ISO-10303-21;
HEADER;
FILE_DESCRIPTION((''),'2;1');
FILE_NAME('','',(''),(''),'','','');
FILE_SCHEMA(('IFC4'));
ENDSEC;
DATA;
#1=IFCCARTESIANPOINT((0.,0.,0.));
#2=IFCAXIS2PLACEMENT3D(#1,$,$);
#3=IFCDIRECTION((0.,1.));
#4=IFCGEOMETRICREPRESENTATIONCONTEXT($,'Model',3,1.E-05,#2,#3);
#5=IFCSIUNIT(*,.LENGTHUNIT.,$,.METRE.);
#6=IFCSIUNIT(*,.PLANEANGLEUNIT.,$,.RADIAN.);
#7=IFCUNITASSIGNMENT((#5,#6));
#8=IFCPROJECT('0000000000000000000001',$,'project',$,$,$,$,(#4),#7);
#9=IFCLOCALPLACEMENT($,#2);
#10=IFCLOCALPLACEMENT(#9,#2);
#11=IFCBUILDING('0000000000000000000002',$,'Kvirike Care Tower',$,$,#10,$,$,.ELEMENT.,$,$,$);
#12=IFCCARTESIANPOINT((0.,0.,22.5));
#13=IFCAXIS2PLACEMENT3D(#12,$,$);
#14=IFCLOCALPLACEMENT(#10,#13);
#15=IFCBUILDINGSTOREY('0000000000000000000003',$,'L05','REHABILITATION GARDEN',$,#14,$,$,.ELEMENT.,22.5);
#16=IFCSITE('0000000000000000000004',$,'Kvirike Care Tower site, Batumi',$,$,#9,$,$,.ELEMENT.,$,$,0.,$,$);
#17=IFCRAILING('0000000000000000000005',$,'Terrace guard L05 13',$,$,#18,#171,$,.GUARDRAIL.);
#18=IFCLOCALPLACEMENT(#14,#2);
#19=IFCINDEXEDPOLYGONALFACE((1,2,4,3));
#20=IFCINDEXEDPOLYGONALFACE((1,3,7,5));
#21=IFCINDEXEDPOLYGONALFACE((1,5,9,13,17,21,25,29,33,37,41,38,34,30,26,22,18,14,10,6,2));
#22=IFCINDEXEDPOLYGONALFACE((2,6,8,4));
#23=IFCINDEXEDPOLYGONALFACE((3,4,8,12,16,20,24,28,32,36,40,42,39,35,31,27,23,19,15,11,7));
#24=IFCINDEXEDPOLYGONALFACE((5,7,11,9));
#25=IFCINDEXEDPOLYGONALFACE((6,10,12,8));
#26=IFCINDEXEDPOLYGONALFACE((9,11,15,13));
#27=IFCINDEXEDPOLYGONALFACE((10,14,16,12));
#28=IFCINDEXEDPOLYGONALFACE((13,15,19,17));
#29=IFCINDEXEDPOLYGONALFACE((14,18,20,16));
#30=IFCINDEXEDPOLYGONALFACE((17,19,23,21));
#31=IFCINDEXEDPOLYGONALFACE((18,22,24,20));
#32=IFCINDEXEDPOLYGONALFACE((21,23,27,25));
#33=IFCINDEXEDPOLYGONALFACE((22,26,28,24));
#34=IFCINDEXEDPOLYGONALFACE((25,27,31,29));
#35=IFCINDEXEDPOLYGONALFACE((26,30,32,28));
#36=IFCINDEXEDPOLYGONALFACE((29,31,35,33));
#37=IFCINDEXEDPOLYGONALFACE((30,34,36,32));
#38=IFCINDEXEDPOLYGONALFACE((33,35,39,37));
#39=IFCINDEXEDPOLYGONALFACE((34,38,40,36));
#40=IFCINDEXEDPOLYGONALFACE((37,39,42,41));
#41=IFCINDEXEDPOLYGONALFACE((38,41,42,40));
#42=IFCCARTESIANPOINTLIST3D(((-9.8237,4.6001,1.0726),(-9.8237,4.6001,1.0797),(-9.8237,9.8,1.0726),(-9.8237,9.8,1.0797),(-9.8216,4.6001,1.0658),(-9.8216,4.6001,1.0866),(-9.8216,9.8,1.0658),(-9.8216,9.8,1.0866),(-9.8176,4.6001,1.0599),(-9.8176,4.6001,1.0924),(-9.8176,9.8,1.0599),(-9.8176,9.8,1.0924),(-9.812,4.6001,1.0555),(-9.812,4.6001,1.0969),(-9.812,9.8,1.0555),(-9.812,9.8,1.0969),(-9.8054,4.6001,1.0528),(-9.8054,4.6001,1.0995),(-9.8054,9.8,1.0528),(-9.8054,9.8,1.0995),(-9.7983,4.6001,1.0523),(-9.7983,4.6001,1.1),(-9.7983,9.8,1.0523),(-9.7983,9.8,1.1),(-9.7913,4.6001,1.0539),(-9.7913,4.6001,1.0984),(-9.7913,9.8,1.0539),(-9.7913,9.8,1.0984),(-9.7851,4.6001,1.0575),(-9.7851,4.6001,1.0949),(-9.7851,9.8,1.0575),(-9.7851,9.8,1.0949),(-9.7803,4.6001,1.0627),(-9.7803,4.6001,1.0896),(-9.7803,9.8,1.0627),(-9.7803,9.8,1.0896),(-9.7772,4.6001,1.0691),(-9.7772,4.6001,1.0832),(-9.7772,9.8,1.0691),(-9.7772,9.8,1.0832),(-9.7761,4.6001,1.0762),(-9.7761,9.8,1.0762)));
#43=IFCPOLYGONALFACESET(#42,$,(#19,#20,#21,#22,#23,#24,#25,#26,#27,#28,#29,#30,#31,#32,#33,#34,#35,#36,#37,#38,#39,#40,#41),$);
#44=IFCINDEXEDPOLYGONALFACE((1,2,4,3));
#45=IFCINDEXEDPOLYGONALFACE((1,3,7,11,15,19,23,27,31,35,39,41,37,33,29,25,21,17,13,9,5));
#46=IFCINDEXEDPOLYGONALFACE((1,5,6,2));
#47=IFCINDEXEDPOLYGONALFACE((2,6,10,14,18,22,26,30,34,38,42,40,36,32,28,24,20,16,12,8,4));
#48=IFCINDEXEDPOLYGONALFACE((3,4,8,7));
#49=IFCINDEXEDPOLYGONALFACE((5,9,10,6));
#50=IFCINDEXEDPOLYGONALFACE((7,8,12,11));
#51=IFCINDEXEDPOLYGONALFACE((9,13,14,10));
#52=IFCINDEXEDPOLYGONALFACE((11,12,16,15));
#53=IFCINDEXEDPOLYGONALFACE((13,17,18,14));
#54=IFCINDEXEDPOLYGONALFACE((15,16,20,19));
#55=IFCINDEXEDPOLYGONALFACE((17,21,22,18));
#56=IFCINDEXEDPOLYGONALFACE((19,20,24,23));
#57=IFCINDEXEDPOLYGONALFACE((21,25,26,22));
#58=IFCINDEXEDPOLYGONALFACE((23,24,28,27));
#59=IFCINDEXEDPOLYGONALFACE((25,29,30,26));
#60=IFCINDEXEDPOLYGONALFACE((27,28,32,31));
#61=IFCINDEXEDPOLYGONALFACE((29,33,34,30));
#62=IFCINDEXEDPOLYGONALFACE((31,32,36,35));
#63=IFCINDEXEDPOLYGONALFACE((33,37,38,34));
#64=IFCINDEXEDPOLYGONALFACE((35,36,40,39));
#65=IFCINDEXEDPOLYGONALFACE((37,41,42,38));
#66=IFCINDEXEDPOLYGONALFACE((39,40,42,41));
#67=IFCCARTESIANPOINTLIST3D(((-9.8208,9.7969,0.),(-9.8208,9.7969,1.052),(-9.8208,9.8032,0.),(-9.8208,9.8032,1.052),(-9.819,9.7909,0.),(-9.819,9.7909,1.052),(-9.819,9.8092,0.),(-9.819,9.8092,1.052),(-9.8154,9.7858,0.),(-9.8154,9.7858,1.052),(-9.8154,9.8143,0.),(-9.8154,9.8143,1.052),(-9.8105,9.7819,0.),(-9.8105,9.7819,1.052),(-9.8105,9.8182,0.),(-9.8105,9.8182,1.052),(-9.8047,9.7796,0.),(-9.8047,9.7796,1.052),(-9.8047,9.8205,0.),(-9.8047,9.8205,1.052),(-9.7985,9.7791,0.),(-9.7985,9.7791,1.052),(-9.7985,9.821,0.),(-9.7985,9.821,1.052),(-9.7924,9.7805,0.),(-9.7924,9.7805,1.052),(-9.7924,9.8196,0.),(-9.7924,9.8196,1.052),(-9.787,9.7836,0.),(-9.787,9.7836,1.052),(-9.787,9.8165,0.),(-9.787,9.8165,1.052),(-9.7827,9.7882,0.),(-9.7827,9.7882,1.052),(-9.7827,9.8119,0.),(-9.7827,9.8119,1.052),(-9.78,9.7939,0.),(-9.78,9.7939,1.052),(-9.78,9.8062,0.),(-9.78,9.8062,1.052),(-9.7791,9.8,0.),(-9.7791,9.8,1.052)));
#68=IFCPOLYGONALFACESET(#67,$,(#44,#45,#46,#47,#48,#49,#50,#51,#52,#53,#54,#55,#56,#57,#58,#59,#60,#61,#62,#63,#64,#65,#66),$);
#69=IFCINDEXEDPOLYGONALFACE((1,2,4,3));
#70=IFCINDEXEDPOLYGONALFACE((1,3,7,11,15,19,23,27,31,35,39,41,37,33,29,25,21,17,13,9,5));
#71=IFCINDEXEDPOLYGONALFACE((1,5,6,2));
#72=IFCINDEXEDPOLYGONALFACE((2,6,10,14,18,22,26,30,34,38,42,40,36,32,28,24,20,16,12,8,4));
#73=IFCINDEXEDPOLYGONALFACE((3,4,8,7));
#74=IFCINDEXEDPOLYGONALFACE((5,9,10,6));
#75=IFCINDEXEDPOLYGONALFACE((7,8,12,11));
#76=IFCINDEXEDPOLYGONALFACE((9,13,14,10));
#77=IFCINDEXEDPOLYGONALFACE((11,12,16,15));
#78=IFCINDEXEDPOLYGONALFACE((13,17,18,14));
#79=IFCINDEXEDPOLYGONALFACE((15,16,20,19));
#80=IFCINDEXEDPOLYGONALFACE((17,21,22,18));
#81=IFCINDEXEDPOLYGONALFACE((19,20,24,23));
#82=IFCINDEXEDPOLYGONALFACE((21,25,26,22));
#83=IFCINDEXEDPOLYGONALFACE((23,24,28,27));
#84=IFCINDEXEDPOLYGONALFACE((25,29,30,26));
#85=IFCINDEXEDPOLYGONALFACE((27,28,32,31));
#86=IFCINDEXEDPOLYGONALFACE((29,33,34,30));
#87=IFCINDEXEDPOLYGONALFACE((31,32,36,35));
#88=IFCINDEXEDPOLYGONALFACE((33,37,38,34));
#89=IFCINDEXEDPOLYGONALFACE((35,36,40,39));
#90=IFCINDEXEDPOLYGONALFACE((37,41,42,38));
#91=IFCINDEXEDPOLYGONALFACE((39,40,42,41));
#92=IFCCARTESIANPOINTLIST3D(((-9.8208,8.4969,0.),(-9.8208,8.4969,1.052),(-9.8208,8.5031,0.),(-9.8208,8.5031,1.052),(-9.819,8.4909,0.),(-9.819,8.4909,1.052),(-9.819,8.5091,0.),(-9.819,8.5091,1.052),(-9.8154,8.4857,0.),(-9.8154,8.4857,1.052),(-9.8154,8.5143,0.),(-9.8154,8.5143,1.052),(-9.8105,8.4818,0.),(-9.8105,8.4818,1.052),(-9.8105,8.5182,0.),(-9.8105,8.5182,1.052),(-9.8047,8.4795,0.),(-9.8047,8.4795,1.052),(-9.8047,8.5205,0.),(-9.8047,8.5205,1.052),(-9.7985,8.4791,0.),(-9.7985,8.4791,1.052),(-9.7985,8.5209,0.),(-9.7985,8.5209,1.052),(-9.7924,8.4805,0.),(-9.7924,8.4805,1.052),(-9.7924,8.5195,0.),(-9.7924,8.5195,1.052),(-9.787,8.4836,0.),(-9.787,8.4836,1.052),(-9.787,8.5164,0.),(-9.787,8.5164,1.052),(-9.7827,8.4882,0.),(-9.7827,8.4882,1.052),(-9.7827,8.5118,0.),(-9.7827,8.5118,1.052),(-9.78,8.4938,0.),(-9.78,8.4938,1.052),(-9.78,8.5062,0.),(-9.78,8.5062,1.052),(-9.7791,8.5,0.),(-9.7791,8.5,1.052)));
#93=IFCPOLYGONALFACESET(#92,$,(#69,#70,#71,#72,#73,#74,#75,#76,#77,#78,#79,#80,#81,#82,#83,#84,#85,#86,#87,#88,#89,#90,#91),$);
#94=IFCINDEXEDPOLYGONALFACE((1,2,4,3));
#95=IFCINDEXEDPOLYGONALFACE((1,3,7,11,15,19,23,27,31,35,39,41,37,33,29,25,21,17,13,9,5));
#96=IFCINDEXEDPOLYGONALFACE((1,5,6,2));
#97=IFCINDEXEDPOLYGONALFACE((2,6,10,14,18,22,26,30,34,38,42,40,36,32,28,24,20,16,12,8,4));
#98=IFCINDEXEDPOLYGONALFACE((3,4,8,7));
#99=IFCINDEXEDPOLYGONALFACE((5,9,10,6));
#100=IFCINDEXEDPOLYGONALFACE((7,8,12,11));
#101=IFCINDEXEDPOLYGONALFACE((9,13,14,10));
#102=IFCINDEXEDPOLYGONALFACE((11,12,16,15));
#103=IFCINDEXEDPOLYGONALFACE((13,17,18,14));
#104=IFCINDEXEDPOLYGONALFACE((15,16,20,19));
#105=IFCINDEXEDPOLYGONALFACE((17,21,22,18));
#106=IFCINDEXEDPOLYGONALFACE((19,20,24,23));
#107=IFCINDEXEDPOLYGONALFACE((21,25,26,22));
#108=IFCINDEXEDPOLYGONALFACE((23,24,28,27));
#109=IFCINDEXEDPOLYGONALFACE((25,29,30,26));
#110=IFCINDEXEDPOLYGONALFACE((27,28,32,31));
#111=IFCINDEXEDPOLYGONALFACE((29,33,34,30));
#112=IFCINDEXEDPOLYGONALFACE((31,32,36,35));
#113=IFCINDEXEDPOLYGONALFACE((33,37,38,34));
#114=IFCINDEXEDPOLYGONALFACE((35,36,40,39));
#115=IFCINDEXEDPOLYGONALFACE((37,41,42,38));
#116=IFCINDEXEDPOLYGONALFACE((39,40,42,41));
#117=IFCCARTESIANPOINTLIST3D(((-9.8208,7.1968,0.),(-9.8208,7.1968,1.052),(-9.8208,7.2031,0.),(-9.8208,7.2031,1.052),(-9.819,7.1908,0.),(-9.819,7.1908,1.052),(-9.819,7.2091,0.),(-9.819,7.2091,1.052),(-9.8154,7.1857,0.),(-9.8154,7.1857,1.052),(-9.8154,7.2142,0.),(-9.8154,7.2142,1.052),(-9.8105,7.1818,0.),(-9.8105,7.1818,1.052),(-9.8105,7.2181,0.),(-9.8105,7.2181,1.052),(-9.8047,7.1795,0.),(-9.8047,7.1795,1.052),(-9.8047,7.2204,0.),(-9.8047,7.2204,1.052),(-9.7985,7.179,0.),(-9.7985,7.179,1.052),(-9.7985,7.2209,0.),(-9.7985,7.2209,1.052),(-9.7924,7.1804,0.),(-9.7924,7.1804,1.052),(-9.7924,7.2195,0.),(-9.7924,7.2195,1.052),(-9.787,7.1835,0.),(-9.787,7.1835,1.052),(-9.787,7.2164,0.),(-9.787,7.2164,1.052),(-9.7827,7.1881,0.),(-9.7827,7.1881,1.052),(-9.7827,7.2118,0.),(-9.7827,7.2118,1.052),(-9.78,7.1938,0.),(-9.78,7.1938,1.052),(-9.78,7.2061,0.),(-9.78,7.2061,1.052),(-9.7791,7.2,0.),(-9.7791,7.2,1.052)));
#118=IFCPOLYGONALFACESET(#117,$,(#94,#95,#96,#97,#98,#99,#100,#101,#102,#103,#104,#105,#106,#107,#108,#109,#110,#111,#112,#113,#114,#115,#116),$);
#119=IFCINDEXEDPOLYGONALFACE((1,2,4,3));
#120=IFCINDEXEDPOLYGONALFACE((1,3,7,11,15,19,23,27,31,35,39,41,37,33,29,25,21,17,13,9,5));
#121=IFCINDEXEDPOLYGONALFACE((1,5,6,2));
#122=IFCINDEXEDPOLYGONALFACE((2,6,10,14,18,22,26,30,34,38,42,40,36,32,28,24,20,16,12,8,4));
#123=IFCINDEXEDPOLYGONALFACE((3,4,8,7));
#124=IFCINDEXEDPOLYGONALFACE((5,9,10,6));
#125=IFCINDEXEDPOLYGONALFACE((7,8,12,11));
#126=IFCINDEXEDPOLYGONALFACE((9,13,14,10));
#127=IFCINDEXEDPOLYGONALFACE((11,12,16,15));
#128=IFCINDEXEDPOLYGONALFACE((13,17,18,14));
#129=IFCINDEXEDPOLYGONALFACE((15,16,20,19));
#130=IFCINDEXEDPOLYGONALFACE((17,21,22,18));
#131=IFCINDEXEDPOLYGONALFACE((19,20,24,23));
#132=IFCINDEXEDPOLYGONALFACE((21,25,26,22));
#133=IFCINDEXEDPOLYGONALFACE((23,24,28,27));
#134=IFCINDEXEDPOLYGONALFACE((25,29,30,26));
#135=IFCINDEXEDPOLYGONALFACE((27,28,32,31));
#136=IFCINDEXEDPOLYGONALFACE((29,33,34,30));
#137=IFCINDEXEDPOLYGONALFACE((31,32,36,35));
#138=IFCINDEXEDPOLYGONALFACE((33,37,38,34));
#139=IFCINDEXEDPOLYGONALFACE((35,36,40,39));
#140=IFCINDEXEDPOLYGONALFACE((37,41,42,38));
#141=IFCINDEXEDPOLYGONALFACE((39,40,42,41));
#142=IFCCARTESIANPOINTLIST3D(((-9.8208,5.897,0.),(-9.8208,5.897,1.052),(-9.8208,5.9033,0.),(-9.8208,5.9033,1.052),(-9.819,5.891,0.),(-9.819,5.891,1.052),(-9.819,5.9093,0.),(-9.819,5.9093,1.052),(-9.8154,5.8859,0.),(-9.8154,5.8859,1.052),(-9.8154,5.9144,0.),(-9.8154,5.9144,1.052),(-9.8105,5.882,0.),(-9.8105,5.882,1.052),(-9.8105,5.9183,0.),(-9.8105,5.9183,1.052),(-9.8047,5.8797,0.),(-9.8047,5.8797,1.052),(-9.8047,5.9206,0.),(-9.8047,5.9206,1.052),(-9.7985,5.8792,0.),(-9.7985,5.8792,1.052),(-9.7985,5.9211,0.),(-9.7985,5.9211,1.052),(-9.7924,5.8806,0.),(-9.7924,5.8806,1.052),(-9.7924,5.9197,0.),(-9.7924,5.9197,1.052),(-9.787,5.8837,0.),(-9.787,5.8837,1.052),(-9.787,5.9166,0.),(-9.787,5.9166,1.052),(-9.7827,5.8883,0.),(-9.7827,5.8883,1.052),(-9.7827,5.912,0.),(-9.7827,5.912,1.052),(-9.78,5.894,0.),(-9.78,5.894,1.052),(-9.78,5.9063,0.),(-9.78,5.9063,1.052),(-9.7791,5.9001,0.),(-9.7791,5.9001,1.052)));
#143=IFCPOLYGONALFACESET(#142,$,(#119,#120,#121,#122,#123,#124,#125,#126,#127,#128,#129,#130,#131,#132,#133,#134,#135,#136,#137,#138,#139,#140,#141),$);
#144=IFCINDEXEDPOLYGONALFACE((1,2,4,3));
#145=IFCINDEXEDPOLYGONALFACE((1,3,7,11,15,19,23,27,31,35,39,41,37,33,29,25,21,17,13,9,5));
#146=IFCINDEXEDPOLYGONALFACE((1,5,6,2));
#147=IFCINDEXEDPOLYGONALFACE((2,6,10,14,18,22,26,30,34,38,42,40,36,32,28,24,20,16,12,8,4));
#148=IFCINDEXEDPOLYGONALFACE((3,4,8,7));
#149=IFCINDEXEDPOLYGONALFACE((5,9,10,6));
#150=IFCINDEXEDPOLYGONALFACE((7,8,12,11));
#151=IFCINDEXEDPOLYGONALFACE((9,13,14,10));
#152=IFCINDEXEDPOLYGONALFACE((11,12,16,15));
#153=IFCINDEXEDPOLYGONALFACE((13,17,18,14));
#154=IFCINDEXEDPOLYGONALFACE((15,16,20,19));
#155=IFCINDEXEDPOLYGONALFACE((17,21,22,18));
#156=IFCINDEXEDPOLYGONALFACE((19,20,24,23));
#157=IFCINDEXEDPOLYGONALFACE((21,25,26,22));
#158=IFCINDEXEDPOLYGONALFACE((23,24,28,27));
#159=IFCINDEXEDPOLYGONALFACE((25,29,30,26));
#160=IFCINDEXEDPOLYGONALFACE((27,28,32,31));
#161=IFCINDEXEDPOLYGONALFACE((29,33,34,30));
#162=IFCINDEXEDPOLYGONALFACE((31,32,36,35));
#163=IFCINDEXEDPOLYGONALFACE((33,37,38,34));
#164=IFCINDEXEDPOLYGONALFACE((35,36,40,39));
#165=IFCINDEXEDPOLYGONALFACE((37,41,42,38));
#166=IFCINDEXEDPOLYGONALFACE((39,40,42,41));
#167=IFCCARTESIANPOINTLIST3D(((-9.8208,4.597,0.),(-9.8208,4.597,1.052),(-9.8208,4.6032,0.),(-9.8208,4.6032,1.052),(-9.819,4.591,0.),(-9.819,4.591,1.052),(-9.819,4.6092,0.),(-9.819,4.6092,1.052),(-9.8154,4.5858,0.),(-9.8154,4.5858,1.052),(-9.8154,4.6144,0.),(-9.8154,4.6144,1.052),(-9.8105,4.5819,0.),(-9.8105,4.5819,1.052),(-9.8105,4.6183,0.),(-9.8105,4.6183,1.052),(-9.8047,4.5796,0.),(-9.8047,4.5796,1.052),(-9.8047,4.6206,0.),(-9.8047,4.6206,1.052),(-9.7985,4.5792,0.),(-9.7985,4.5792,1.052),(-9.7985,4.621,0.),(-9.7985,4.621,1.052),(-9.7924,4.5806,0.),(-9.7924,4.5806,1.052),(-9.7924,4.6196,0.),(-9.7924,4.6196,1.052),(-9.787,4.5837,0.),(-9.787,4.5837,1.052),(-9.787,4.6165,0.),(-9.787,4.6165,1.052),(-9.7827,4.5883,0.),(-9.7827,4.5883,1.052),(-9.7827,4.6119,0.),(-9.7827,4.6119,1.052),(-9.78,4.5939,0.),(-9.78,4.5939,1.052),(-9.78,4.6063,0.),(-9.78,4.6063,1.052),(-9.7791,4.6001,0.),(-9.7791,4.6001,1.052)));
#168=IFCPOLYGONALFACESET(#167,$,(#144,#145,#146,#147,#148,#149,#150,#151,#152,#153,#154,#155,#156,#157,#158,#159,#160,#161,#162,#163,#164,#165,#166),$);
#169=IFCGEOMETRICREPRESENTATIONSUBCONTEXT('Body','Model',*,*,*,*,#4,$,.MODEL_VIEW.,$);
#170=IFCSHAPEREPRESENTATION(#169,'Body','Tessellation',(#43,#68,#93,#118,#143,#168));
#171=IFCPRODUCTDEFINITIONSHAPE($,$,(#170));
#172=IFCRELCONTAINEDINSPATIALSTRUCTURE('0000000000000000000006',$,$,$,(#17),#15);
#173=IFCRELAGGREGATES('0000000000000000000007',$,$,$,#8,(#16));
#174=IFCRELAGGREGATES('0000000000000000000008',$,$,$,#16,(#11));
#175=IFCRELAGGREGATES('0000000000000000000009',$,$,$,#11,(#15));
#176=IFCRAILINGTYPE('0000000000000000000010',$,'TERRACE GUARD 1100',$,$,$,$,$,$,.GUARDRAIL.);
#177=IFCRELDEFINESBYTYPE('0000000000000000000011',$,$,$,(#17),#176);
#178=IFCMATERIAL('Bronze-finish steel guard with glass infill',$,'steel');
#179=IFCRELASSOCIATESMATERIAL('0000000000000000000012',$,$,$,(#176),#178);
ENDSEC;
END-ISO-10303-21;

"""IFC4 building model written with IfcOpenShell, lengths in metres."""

from ifc_helpers import new_model, si_unit, direction, frame, origin, origin_2d, place, context, subcontext, project, spatial, circle, extrude, material, type_object, element, save


model = new_model("IFC4")

# Units and contexts
model_context = context("Model", 3, precision=1e-05, world=origin(), true_north=direction((0.0, 1.0)))
body_context = subcontext(model_context, "Body", "Model", "MODEL_VIEW")
ifc_project = project(units=[si_unit("LENGTHUNIT", "METRE"), si_unit("PLANEANGLEUNIT", "RADIAN")], contexts=[model_context])

# Site, building, storey
site_placement = place(None, origin())
site = spatial("IfcSite", under=ifc_project, at=site_placement, Name="Kvirike Care Tower site, Batumi", CompositionType="ELEMENT", RefElevation=0.0)
building_placement = place(site_placement, origin())
building = spatial("IfcBuilding", under=site, at=building_placement, Name="Kvirike Care Tower", CompositionType="ELEMENT")
storey_placement = place(building_placement, frame((0.0, 0.0, 22.5)))
storey = spatial("IfcBuildingStorey", under=building, at=storey_placement, Name="L05", Description="REHABILITATION GARDEN", CompositionType="ELEMENT", Elevation=22.5)

# Railing
ifc_material_1 = material(Name="Bronze-finish steel guard with glass infill", Category="steel")
railing_type_1 = type_object("IfcRailingType", Name="TERRACE GUARD 1100", PredefinedType="GUARDRAIL", material=ifc_material_1)
railing_1_placement = place(storey_placement, frame((-9.8, 9.8, 0.0)))
element("IfcRailing", 1, at=railing_1_placement, inside=storey, type_object=railing_type_1, Name="Terrace guard L05 13", PredefinedType="GUARDRAIL", context=body_context, shape_type="SweptSolid", body=[
    extrude(circle(Radius=0.0239, at=origin_2d()), frame((0.0, 0.0, 1.0762), z_axis=(0.0, -1.0, 0.0), x_axis=(1.0, 0.0, 0.0)), (0.0, 0.0, 1.0), 5.2),
    extrude(circle(Radius=0.021, at=origin_2d()), origin(), (0.0, 0.0, 1.0), 1.052),
    extrude(circle(Radius=0.021, at=origin_2d()), frame((0.0, -1.3, 0.0)), (0.0, 0.0, 1.0), 1.052),
    extrude(circle(Radius=0.021, at=origin_2d()), frame((0.0, -2.6001, 0.0)), (0.0, 0.0, 1.0), 1.052),
    extrude(circle(Radius=0.021, at=origin_2d()), frame((0.0, -3.8999, 0.0)), (0.0, 0.0, 1.0), 1.052),
    extrude(circle(Radius=0.021, at=origin_2d()), frame((0.0, -5.2, 0.0)), (0.0, 0.0, 1.0), 1.052),
])

save(model, "model.ifc")
